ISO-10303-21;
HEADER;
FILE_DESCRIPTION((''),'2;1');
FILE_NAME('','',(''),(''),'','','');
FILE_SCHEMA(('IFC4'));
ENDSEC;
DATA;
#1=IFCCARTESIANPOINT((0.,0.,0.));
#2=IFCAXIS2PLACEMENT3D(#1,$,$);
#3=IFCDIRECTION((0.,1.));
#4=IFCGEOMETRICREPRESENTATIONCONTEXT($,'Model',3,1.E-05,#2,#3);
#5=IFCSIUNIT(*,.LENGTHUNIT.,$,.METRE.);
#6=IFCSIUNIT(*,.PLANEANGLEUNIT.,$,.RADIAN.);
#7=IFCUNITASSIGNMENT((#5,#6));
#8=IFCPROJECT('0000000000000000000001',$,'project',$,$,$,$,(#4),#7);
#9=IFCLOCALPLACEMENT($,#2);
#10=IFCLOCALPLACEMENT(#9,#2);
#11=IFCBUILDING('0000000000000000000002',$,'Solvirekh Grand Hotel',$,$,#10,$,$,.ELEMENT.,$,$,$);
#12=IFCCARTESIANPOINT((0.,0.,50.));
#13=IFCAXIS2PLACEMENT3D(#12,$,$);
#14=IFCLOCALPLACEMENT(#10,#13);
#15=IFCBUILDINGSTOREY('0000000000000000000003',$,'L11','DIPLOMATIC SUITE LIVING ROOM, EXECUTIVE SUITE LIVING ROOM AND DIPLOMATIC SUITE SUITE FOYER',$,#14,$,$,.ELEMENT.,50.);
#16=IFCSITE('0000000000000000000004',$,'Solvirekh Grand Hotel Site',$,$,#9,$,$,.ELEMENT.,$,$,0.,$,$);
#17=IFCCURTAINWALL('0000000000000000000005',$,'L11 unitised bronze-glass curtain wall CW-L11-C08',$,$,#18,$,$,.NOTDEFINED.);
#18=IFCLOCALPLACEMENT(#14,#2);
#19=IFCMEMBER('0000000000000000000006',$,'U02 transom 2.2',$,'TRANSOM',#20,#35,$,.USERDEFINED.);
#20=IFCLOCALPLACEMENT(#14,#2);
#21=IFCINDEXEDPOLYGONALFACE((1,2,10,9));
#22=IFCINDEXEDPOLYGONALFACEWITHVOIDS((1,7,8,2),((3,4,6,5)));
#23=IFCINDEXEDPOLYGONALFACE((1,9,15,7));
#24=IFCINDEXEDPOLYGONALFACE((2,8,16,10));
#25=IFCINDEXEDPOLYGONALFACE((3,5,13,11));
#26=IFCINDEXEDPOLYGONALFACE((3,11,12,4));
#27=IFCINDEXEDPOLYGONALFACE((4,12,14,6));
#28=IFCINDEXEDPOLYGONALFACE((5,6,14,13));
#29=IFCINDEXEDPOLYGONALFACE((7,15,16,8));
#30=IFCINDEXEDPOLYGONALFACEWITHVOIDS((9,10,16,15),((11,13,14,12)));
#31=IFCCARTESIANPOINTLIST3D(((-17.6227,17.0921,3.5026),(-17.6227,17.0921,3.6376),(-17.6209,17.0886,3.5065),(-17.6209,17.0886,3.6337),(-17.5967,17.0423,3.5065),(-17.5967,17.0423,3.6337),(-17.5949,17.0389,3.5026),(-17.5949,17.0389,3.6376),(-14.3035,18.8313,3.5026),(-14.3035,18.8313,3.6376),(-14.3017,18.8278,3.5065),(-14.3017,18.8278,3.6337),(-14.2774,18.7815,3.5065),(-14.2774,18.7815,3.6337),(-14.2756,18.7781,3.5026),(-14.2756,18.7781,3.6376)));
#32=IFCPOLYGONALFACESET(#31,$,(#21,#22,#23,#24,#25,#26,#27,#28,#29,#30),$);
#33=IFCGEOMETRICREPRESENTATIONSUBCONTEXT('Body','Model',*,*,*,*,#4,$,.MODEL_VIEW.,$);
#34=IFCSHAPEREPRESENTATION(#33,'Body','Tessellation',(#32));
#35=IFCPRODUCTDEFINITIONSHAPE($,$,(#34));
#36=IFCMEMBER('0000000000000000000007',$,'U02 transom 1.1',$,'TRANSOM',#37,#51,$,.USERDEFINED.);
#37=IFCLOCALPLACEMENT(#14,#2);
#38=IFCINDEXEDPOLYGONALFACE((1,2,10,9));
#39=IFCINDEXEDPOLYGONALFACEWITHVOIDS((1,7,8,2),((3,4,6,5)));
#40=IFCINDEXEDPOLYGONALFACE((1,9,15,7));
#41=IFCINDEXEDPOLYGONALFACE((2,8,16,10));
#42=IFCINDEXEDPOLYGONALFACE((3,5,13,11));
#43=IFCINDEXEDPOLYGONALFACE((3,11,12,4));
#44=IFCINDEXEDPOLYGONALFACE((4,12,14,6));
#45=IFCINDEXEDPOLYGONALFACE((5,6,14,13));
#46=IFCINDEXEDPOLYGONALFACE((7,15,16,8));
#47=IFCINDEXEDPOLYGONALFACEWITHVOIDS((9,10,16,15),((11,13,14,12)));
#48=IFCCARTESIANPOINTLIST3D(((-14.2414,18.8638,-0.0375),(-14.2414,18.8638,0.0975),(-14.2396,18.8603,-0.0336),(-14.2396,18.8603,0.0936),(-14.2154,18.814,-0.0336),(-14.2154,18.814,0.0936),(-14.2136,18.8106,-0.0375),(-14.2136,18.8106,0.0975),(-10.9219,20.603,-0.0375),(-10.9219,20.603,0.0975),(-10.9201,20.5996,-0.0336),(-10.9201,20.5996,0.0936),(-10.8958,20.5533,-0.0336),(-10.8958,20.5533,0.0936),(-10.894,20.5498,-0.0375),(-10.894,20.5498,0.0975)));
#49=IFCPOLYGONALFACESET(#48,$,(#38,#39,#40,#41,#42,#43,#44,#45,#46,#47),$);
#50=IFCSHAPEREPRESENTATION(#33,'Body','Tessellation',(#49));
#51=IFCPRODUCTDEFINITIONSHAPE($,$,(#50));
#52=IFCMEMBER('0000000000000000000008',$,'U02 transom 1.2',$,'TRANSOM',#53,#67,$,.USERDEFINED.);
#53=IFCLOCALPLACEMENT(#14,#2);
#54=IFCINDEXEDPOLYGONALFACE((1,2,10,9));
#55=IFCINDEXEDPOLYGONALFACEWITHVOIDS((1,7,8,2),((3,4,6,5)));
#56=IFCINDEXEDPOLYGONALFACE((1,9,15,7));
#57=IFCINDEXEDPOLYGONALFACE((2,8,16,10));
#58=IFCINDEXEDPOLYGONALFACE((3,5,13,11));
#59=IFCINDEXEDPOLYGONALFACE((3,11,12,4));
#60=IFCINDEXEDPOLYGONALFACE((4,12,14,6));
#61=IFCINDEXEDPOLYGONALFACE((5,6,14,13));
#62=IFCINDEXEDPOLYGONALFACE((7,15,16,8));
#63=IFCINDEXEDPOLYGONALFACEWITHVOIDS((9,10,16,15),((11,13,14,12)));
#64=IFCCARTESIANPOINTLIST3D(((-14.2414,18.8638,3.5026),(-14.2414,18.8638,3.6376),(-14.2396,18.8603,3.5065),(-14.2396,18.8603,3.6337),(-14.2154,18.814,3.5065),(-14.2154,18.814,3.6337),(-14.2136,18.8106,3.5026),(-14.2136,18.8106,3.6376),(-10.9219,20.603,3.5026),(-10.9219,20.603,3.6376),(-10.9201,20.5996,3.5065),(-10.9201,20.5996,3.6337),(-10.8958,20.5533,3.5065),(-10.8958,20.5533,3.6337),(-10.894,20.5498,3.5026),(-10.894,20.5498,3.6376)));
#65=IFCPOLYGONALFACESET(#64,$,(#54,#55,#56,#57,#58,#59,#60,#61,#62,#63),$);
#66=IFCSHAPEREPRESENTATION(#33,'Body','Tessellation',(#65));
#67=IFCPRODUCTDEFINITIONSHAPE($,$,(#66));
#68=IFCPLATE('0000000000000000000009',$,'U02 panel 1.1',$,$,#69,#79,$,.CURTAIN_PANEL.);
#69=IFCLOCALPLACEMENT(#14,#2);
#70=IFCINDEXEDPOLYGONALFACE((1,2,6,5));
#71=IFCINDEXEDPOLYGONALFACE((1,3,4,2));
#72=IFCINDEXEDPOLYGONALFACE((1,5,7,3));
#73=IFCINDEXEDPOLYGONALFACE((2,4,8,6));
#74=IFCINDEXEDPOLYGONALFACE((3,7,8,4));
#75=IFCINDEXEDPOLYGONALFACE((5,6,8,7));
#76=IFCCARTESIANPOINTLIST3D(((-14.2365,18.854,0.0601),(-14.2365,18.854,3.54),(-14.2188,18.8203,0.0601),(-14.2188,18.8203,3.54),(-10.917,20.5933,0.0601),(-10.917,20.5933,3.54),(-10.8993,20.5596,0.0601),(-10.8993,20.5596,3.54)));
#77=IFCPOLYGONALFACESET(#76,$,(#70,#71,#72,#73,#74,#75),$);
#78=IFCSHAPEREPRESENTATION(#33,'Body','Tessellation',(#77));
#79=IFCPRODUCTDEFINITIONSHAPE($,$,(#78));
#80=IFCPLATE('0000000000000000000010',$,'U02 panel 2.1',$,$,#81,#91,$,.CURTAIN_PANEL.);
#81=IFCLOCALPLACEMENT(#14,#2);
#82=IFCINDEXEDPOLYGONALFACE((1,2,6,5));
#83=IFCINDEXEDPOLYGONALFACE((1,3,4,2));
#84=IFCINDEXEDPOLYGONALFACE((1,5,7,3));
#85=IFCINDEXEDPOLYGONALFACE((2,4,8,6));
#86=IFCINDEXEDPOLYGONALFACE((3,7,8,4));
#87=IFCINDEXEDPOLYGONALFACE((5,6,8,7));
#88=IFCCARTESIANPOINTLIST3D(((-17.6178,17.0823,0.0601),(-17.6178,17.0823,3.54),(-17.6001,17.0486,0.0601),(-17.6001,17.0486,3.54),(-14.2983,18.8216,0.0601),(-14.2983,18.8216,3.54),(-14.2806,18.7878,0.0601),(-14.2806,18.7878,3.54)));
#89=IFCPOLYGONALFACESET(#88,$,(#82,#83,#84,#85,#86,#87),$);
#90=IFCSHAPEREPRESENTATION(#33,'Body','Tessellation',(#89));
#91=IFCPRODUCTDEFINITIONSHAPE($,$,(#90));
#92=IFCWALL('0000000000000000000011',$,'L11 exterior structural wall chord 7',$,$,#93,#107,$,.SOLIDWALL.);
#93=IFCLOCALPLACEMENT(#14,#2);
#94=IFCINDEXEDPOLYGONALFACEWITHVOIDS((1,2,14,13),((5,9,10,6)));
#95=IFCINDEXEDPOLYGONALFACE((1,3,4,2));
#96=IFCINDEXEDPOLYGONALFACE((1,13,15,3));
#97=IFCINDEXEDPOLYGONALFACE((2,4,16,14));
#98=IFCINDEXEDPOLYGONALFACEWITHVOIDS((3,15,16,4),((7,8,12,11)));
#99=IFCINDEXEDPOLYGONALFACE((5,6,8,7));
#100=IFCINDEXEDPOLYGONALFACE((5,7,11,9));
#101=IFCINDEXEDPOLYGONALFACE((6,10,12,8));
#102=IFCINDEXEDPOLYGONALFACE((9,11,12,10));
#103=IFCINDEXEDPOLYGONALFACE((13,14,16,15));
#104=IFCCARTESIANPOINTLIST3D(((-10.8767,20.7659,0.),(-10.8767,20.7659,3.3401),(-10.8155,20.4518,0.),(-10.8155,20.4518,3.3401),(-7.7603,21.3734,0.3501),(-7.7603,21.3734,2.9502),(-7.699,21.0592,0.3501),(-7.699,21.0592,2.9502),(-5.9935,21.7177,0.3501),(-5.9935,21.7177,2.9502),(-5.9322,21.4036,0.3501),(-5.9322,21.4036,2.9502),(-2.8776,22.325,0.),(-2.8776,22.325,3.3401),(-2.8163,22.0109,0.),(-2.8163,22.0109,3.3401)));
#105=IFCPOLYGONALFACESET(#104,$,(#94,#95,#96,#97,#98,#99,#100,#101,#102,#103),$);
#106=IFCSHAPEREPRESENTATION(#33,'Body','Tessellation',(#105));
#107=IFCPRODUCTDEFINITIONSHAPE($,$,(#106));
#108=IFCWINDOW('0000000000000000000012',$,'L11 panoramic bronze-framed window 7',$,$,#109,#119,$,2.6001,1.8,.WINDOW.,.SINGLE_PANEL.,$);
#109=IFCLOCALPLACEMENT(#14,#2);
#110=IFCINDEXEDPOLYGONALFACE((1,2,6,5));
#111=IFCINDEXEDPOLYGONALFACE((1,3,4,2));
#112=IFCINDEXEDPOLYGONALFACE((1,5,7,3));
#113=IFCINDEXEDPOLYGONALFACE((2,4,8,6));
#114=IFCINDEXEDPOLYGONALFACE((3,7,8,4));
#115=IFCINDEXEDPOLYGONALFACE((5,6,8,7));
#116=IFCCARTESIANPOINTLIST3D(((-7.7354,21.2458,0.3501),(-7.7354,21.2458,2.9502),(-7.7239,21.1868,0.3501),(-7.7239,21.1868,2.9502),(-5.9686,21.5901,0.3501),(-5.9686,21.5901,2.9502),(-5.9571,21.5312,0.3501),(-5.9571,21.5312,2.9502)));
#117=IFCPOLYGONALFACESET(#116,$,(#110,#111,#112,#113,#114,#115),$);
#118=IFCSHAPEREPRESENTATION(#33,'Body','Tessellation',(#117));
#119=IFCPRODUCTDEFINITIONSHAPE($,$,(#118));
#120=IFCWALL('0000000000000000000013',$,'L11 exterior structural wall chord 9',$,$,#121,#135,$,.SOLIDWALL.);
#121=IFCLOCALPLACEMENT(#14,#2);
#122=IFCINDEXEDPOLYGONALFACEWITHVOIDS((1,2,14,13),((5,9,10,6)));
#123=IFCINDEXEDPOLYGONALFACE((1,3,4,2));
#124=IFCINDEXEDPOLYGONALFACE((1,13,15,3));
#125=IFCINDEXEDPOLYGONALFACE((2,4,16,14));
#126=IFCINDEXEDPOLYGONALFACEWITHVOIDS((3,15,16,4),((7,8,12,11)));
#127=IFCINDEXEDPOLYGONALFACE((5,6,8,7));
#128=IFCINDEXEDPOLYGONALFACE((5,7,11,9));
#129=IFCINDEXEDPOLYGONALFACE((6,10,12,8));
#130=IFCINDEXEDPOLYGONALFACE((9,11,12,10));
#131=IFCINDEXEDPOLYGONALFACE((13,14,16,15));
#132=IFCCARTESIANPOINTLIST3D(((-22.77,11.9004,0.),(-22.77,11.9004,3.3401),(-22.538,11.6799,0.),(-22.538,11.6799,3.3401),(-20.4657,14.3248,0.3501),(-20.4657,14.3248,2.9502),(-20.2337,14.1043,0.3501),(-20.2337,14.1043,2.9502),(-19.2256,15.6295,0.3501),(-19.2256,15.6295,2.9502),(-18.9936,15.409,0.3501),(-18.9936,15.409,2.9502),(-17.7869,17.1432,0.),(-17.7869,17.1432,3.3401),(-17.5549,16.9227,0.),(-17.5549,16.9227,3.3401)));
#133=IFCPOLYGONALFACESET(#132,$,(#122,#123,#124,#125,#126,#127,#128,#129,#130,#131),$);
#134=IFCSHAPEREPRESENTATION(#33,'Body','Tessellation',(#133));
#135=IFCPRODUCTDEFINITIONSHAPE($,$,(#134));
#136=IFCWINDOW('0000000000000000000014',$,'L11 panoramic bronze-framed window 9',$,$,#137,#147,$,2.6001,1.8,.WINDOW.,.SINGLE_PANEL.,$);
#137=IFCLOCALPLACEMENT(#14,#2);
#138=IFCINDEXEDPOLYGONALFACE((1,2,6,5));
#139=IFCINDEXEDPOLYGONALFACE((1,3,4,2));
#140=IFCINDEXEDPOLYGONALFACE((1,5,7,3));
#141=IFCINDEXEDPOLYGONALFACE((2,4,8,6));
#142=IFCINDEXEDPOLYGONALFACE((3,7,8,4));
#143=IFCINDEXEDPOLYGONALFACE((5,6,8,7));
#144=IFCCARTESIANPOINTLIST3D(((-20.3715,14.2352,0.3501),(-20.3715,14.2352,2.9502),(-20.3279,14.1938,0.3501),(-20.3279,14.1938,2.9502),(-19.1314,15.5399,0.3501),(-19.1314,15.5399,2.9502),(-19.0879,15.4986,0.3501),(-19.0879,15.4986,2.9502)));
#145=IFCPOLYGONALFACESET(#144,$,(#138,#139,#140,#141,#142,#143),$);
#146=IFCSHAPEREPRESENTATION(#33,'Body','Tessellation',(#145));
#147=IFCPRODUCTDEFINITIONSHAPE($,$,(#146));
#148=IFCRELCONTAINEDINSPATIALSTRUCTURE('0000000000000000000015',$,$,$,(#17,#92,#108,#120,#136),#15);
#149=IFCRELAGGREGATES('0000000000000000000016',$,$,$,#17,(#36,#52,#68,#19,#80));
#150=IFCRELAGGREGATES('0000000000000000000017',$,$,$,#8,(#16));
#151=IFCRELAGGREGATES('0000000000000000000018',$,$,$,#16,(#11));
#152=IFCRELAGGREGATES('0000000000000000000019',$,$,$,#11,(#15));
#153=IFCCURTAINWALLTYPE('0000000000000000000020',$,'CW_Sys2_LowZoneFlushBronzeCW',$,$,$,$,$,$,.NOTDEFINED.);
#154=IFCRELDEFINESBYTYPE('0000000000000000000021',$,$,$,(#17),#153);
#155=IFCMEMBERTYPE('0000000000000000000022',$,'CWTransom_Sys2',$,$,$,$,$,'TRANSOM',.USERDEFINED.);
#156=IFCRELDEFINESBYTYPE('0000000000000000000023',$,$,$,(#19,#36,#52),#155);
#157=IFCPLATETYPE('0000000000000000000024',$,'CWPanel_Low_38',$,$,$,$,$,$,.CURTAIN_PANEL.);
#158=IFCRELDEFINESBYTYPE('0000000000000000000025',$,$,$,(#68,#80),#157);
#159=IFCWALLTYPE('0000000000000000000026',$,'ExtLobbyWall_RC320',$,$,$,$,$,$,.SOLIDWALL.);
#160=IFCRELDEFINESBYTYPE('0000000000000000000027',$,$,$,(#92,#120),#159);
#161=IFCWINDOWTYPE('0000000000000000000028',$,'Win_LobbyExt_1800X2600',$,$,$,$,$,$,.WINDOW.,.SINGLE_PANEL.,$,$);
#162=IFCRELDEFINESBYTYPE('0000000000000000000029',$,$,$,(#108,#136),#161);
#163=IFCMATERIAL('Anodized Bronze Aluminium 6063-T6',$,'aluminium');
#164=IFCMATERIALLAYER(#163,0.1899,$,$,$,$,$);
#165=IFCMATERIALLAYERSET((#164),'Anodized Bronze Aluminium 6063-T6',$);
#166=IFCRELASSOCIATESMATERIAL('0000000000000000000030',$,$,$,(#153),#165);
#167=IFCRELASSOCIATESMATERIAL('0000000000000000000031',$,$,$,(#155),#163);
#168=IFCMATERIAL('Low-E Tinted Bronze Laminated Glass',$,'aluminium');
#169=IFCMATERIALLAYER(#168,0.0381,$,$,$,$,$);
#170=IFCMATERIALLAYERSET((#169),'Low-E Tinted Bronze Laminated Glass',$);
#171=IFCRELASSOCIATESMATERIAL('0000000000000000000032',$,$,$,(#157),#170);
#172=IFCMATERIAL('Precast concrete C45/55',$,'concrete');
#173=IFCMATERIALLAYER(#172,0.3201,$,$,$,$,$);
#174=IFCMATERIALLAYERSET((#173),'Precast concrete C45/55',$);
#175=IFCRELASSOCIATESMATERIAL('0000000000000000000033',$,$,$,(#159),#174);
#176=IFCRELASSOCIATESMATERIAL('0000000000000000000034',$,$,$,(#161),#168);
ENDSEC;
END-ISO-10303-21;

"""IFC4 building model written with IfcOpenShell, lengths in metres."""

from ifc_helpers import new_model, si_unit, direction, frame, frame_2d, origin, origin_2d, place, context, subcontext, project, spatial, rectangle, hollow_rectangle, extrude, source, transform, mapped, material, layer, layer_set, material_profile, profile_set, type_object, element, fill, aggregate, save


model = new_model("IFC4")

# Units and contexts
model_context = context("Model", 3, precision=1e-05, world=origin(), true_north=direction((0.0, 1.0)))
body_context = subcontext(model_context, "Body", "Model", "MODEL_VIEW")
ifc_project = project(units=[si_unit("LENGTHUNIT", "METRE"), si_unit("PLANEANGLEUNIT", "RADIAN")], contexts=[model_context])

# Site, building, storey
site_placement = place(None, origin())
site = spatial("IfcSite", under=ifc_project, at=site_placement, Name="Solvirekh Grand Hotel Site", CompositionType="ELEMENT", RefElevation=0.0)
building_placement = place(site_placement, origin())
building = spatial("IfcBuilding", under=site, at=building_placement, Name="Solvirekh Grand Hotel", CompositionType="ELEMENT")
storey_placement = place(building_placement, frame((0.0, 0.0, 50.0)))
storey = spatial("IfcBuildingStorey", under=building, at=storey_placement, Name="L11", Description="DIPLOMATIC SUITE LIVING ROOM, EXECUTIVE SUITE LIVING ROOM AND DIPLOMATIC SUITE SUITE FOYER", CompositionType="ELEMENT", Elevation=50.0)

# Curtain wall, members, plates
ifc_material_1 = material(Name="Anodized Bronze Aluminium 6063-T6", Category="aluminium")
ifc_layer_1 = layer(ifc_material_1, 0.1899)
ifc_layer_set_1 = layer_set([ifc_layer_1], Name="Anodized Bronze Aluminium 6063-T6")
curtain_wall_type = type_object("IfcCurtainWallType", Name="CW_Sys2_LowZoneFlushBronzeCW", PredefinedType="NOTDEFINED", material=ifc_layer_set_1)
curtain_wall_placement = place(storey_placement, origin())
curtain_wall = element("IfcCurtainWall", 1, at=curtain_wall_placement, inside=storey, type_object=curtain_wall_type, Name="L11 unitised bronze-glass curtain wall CW-L11-C08", PredefinedType="NOTDEFINED")
ifc_material_profile_1 = material_profile(ifc_material_1, hollow_rectangle(XDim=0.0601, YDim=0.135, WallThickness=0.0039, at=origin_2d()), Name="ALU RHS 135X60X4")
ifc_profile_set_1 = profile_set([ifc_material_profile_1], Name="Anodized Bronze Aluminium 6063-T6")
member_type_1 = type_object("IfcMemberType", Name="CWTransom_Sys2", ElementType="TRANSOM", PredefinedType="USERDEFINED", material=ifc_profile_set_1)
shared_shape_1 = source(origin(), body_context, "Body", "SweptSolid", [
    extrude(hollow_rectangle(XDim=0.0601, YDim=0.135, WallThickness=0.0039, at=origin_2d()), origin(), (0.0, 0.0, 1.0), 3.7473),
])
member_1_placement = place(storey_placement, frame((-14.2896, 18.8047, 3.5701), z_axis=(-0.88577, -0.464124, 0.0), x_axis=(0.464124, -0.88577, 0.0)))
member_1 = element("IfcMember", 2, at=member_1_placement, type_object=member_type_1, Name="U02 transom 2.2", ObjectType="TRANSOM", PredefinedType="USERDEFINED", context=body_context, shape_type="MappedRepresentation", body=[
    mapped(shared_shape_1, transform((0.0, 0.0, 0.0), x_axis=(1.0, 0.0, 0.0), y_axis=(0.0, 1.0, 0.0), z_axis=(0.0, 0.0, 1.0), scale=1.0)),
])
shared_shape_2 = source(origin(), body_context, "Body", "SweptSolid", [
    extrude(hollow_rectangle(XDim=0.0601, YDim=0.135, WallThickness=0.0039, at=origin_2d()), origin(), (0.0, 0.0, 1.0), 3.7476),
])
member_2_placement = place(storey_placement, frame((-10.908, 20.5764, 0.03), z_axis=(-0.885784, -0.464097, 0.0), x_axis=(0.464097, -0.885784, 0.0)))
member_2 = element("IfcMember", 3, at=member_2_placement, type_object=member_type_1, Name="U02 transom 1.1", ObjectType="TRANSOM", PredefinedType="USERDEFINED", context=body_context, shape_type="MappedRepresentation", body=[
    mapped(shared_shape_2, transform((0.0, 0.0, 0.0), x_axis=(1.0, 0.0, 0.0), y_axis=(0.0, 1.0, 0.0), z_axis=(0.0, 0.0, 1.0), scale=1.0)),
])
member_3_placement = place(storey_placement, frame((-10.908, 20.5764, 3.5701), z_axis=(-0.885784, -0.464097, 0.0), x_axis=(0.464097, -0.885784, 0.0)))
member_3 = element("IfcMember", 4, at=member_3_placement, type_object=member_type_1, Name="U02 transom 1.2", ObjectType="TRANSOM", PredefinedType="USERDEFINED", context=body_context, shape_type="MappedRepresentation", body=[
    mapped(shared_shape_2, transform((0.0, 0.0, 0.0), x_axis=(1.0, 0.0, 0.0), y_axis=(0.0, 1.0, 0.0), z_axis=(0.0, 0.0, 1.0), scale=1.0)),
])
ifc_material_2 = material(Name="Low-E Tinted Bronze Laminated Glass", Category="aluminium")
ifc_layer_2 = layer(ifc_material_2, 0.0381)
ifc_layer_set_2 = layer_set([ifc_layer_2], Name="Low-E Tinted Bronze Laminated Glass")
plate_type = type_object("IfcPlateType", Name="CWPanel_Low_38", PredefinedType="CURTAIN_PANEL", material=ifc_layer_set_2)
shared_shape_3 = source(origin(), body_context, "Body", "SweptSolid", [
    extrude(rectangle(XDim=3.7476, YDim=0.0381, at=origin_2d()), origin(), (0.0, 0.0, 1.0), 3.48),
])
plate_1_placement = place(storey_placement, frame((-12.5679, 19.7068, 0.0601), z_axis=(0.0, 0.0, 1.0), x_axis=(-0.885778, -0.464109, 0.0)))
plate_1 = element("IfcPlate", 5, at=plate_1_placement, type_object=plate_type, Name="U02 panel 1.1", PredefinedType="CURTAIN_PANEL", context=body_context, shape_type="MappedRepresentation", body=[
    mapped(shared_shape_3, transform((0.0, 0.0, 0.0), x_axis=(1.0, 0.0, 0.0), y_axis=(0.0, 1.0, 0.0), z_axis=(0.0, 0.0, 1.0), scale=1.0)),
])
plate_2_placement = place(storey_placement, frame((-15.9492, 17.9351, 0.0601), z_axis=(0.0, 0.0, 1.0), x_axis=(-0.885778, -0.464109, 0.0)))
plate_2 = element("IfcPlate", 6, at=plate_2_placement, type_object=plate_type, Name="U02 panel 2.1", PredefinedType="CURTAIN_PANEL", context=body_context, shape_type="MappedRepresentation", body=[
    mapped(shared_shape_3, transform((0.0, 0.0, 0.0), x_axis=(1.0, 0.0, 0.0), y_axis=(0.0, 1.0, 0.0), z_axis=(0.0, 0.0, 1.0), scale=1.0)),
])
aggregate(curtain_wall, [member_2, member_3, plate_1, member_1, plate_2])

# Walls, openings, windows
ifc_material_3 = material(Name="Precast concrete C45/55", Category="concrete")
ifc_layer_3 = layer(ifc_material_3, 0.3201)
ifc_layer_set_3 = layer_set([ifc_layer_3], Name="Precast concrete C45/55")
wall_type_1 = type_object("IfcWallType", Name="ExtLobbyWall_RC320", PredefinedType="SOLIDWALL", material=ifc_layer_set_3)
wall_1_placement = place(storey_placement, frame((-10.8459, 20.6089, 0.0), z_axis=(0.0, 0.0, 1.0), x_axis=(0.98153, 0.191309, 0.0)))
wall_1 = element("IfcWall", 7, at=wall_1_placement, inside=storey, type_object=wall_type_1, Name="L11 exterior structural wall chord 7", PredefinedType="SOLIDWALL", context=body_context, shape_type="SweptSolid", body=[
    extrude(rectangle(XDim=8.1497, YDim=0.3201, at=frame_2d((4.0747, 0.0))), origin(), (0.0, 0.0, 1.0), 3.3401),
])
opening_1_placement = place(wall_1_placement, frame((3.175, 0.0, 0.3501)))
opening_1 = element("IfcOpeningElement", 8, at=opening_1_placement, cuts=wall_1, PredefinedType="OPENING", context=body_context, shape_type="SweptSolid", body=[
    extrude(rectangle(XDim=1.8, YDim=2.6001, at=frame_2d((0.8999, 1.3))), frame((0.0, 0.1699, 0.0), z_axis=(0.0, -1.0, 0.0), x_axis=(1.0, 0.0, 0.0)), (0.0, 0.0, 1.0), 0.3401),
])
window_type = type_object("IfcWindowType", Name="Win_LobbyExt_1800X2600", PartitioningType="SINGLE_PANEL", PredefinedType="WINDOW", material=ifc_material_2)
window_1_placement = place(opening_1_placement, origin())
window_1 = element("IfcWindow", 9, at=window_1_placement, inside=storey, type_object=window_type, Name="L11 panoramic bronze-framed window 7", OverallHeight=2.6001, OverallWidth=1.8, PartitioningType="SINGLE_PANEL", PredefinedType="WINDOW", context=body_context, shape_type="SweptSolid", body=[
    extrude(rectangle(XDim=1.8, YDim=2.6001, at=frame_2d((0.8999, 1.3))), frame((0.0, 0.03, 0.0), z_axis=(0.0, -1.0, 0.0), x_axis=(1.0, 0.0, 0.0)), (0.0, 0.0, 1.0), 0.0601),
])
fill(opening_1, window_1)
wall_2_placement = place(storey_placement, frame((-22.6541, 11.79, 0.0), z_axis=(0.0, 0.0, 1.0), x_axis=(0.688922, 0.724835, 0.0)))
wall_2 = element("IfcWall", 10, at=wall_2_placement, inside=storey, type_object=wall_type_1, Name="L11 exterior structural wall chord 9", PredefinedType="SOLIDWALL", context=body_context, shape_type="SweptSolid", body=[
    extrude(rectangle(XDim=7.2332, YDim=0.3201, at=frame_2d((3.6167, 0.0))), origin(), (0.0, 0.0, 1.0), 3.3401),
])
opening_2_placement = place(wall_2_placement, frame((3.345, 0.0, 0.3501)))
opening_2 = element("IfcOpeningElement", 11, at=opening_2_placement, cuts=wall_2, PredefinedType="OPENING", context=body_context, shape_type="SweptSolid", body=[
    extrude(rectangle(XDim=1.8, YDim=2.6001, at=frame_2d((0.8999, 1.3))), frame((0.0, 0.1699, 0.0), z_axis=(0.0, -1.0, 0.0), x_axis=(1.0, 0.0, 0.0)), (0.0, 0.0, 1.0), 0.3401),
])
window_2_placement = place(opening_2_placement, origin())
window_2 = element("IfcWindow", 12, at=window_2_placement, inside=storey, type_object=window_type, Name="L11 panoramic bronze-framed window 9", OverallHeight=2.6001, OverallWidth=1.8, PartitioningType="SINGLE_PANEL", PredefinedType="WINDOW", context=body_context, shape_type="SweptSolid", body=[
    extrude(rectangle(XDim=1.8, YDim=2.6001, at=frame_2d((0.8999, 1.3))), frame((0.0, 0.03, 0.0), z_axis=(0.0, -1.0, 0.0), x_axis=(1.0, 0.0, 0.0)), (0.0, 0.0, 1.0), 0.0601),
])
fill(opening_2, window_2)

save(model, "model.ifc")
